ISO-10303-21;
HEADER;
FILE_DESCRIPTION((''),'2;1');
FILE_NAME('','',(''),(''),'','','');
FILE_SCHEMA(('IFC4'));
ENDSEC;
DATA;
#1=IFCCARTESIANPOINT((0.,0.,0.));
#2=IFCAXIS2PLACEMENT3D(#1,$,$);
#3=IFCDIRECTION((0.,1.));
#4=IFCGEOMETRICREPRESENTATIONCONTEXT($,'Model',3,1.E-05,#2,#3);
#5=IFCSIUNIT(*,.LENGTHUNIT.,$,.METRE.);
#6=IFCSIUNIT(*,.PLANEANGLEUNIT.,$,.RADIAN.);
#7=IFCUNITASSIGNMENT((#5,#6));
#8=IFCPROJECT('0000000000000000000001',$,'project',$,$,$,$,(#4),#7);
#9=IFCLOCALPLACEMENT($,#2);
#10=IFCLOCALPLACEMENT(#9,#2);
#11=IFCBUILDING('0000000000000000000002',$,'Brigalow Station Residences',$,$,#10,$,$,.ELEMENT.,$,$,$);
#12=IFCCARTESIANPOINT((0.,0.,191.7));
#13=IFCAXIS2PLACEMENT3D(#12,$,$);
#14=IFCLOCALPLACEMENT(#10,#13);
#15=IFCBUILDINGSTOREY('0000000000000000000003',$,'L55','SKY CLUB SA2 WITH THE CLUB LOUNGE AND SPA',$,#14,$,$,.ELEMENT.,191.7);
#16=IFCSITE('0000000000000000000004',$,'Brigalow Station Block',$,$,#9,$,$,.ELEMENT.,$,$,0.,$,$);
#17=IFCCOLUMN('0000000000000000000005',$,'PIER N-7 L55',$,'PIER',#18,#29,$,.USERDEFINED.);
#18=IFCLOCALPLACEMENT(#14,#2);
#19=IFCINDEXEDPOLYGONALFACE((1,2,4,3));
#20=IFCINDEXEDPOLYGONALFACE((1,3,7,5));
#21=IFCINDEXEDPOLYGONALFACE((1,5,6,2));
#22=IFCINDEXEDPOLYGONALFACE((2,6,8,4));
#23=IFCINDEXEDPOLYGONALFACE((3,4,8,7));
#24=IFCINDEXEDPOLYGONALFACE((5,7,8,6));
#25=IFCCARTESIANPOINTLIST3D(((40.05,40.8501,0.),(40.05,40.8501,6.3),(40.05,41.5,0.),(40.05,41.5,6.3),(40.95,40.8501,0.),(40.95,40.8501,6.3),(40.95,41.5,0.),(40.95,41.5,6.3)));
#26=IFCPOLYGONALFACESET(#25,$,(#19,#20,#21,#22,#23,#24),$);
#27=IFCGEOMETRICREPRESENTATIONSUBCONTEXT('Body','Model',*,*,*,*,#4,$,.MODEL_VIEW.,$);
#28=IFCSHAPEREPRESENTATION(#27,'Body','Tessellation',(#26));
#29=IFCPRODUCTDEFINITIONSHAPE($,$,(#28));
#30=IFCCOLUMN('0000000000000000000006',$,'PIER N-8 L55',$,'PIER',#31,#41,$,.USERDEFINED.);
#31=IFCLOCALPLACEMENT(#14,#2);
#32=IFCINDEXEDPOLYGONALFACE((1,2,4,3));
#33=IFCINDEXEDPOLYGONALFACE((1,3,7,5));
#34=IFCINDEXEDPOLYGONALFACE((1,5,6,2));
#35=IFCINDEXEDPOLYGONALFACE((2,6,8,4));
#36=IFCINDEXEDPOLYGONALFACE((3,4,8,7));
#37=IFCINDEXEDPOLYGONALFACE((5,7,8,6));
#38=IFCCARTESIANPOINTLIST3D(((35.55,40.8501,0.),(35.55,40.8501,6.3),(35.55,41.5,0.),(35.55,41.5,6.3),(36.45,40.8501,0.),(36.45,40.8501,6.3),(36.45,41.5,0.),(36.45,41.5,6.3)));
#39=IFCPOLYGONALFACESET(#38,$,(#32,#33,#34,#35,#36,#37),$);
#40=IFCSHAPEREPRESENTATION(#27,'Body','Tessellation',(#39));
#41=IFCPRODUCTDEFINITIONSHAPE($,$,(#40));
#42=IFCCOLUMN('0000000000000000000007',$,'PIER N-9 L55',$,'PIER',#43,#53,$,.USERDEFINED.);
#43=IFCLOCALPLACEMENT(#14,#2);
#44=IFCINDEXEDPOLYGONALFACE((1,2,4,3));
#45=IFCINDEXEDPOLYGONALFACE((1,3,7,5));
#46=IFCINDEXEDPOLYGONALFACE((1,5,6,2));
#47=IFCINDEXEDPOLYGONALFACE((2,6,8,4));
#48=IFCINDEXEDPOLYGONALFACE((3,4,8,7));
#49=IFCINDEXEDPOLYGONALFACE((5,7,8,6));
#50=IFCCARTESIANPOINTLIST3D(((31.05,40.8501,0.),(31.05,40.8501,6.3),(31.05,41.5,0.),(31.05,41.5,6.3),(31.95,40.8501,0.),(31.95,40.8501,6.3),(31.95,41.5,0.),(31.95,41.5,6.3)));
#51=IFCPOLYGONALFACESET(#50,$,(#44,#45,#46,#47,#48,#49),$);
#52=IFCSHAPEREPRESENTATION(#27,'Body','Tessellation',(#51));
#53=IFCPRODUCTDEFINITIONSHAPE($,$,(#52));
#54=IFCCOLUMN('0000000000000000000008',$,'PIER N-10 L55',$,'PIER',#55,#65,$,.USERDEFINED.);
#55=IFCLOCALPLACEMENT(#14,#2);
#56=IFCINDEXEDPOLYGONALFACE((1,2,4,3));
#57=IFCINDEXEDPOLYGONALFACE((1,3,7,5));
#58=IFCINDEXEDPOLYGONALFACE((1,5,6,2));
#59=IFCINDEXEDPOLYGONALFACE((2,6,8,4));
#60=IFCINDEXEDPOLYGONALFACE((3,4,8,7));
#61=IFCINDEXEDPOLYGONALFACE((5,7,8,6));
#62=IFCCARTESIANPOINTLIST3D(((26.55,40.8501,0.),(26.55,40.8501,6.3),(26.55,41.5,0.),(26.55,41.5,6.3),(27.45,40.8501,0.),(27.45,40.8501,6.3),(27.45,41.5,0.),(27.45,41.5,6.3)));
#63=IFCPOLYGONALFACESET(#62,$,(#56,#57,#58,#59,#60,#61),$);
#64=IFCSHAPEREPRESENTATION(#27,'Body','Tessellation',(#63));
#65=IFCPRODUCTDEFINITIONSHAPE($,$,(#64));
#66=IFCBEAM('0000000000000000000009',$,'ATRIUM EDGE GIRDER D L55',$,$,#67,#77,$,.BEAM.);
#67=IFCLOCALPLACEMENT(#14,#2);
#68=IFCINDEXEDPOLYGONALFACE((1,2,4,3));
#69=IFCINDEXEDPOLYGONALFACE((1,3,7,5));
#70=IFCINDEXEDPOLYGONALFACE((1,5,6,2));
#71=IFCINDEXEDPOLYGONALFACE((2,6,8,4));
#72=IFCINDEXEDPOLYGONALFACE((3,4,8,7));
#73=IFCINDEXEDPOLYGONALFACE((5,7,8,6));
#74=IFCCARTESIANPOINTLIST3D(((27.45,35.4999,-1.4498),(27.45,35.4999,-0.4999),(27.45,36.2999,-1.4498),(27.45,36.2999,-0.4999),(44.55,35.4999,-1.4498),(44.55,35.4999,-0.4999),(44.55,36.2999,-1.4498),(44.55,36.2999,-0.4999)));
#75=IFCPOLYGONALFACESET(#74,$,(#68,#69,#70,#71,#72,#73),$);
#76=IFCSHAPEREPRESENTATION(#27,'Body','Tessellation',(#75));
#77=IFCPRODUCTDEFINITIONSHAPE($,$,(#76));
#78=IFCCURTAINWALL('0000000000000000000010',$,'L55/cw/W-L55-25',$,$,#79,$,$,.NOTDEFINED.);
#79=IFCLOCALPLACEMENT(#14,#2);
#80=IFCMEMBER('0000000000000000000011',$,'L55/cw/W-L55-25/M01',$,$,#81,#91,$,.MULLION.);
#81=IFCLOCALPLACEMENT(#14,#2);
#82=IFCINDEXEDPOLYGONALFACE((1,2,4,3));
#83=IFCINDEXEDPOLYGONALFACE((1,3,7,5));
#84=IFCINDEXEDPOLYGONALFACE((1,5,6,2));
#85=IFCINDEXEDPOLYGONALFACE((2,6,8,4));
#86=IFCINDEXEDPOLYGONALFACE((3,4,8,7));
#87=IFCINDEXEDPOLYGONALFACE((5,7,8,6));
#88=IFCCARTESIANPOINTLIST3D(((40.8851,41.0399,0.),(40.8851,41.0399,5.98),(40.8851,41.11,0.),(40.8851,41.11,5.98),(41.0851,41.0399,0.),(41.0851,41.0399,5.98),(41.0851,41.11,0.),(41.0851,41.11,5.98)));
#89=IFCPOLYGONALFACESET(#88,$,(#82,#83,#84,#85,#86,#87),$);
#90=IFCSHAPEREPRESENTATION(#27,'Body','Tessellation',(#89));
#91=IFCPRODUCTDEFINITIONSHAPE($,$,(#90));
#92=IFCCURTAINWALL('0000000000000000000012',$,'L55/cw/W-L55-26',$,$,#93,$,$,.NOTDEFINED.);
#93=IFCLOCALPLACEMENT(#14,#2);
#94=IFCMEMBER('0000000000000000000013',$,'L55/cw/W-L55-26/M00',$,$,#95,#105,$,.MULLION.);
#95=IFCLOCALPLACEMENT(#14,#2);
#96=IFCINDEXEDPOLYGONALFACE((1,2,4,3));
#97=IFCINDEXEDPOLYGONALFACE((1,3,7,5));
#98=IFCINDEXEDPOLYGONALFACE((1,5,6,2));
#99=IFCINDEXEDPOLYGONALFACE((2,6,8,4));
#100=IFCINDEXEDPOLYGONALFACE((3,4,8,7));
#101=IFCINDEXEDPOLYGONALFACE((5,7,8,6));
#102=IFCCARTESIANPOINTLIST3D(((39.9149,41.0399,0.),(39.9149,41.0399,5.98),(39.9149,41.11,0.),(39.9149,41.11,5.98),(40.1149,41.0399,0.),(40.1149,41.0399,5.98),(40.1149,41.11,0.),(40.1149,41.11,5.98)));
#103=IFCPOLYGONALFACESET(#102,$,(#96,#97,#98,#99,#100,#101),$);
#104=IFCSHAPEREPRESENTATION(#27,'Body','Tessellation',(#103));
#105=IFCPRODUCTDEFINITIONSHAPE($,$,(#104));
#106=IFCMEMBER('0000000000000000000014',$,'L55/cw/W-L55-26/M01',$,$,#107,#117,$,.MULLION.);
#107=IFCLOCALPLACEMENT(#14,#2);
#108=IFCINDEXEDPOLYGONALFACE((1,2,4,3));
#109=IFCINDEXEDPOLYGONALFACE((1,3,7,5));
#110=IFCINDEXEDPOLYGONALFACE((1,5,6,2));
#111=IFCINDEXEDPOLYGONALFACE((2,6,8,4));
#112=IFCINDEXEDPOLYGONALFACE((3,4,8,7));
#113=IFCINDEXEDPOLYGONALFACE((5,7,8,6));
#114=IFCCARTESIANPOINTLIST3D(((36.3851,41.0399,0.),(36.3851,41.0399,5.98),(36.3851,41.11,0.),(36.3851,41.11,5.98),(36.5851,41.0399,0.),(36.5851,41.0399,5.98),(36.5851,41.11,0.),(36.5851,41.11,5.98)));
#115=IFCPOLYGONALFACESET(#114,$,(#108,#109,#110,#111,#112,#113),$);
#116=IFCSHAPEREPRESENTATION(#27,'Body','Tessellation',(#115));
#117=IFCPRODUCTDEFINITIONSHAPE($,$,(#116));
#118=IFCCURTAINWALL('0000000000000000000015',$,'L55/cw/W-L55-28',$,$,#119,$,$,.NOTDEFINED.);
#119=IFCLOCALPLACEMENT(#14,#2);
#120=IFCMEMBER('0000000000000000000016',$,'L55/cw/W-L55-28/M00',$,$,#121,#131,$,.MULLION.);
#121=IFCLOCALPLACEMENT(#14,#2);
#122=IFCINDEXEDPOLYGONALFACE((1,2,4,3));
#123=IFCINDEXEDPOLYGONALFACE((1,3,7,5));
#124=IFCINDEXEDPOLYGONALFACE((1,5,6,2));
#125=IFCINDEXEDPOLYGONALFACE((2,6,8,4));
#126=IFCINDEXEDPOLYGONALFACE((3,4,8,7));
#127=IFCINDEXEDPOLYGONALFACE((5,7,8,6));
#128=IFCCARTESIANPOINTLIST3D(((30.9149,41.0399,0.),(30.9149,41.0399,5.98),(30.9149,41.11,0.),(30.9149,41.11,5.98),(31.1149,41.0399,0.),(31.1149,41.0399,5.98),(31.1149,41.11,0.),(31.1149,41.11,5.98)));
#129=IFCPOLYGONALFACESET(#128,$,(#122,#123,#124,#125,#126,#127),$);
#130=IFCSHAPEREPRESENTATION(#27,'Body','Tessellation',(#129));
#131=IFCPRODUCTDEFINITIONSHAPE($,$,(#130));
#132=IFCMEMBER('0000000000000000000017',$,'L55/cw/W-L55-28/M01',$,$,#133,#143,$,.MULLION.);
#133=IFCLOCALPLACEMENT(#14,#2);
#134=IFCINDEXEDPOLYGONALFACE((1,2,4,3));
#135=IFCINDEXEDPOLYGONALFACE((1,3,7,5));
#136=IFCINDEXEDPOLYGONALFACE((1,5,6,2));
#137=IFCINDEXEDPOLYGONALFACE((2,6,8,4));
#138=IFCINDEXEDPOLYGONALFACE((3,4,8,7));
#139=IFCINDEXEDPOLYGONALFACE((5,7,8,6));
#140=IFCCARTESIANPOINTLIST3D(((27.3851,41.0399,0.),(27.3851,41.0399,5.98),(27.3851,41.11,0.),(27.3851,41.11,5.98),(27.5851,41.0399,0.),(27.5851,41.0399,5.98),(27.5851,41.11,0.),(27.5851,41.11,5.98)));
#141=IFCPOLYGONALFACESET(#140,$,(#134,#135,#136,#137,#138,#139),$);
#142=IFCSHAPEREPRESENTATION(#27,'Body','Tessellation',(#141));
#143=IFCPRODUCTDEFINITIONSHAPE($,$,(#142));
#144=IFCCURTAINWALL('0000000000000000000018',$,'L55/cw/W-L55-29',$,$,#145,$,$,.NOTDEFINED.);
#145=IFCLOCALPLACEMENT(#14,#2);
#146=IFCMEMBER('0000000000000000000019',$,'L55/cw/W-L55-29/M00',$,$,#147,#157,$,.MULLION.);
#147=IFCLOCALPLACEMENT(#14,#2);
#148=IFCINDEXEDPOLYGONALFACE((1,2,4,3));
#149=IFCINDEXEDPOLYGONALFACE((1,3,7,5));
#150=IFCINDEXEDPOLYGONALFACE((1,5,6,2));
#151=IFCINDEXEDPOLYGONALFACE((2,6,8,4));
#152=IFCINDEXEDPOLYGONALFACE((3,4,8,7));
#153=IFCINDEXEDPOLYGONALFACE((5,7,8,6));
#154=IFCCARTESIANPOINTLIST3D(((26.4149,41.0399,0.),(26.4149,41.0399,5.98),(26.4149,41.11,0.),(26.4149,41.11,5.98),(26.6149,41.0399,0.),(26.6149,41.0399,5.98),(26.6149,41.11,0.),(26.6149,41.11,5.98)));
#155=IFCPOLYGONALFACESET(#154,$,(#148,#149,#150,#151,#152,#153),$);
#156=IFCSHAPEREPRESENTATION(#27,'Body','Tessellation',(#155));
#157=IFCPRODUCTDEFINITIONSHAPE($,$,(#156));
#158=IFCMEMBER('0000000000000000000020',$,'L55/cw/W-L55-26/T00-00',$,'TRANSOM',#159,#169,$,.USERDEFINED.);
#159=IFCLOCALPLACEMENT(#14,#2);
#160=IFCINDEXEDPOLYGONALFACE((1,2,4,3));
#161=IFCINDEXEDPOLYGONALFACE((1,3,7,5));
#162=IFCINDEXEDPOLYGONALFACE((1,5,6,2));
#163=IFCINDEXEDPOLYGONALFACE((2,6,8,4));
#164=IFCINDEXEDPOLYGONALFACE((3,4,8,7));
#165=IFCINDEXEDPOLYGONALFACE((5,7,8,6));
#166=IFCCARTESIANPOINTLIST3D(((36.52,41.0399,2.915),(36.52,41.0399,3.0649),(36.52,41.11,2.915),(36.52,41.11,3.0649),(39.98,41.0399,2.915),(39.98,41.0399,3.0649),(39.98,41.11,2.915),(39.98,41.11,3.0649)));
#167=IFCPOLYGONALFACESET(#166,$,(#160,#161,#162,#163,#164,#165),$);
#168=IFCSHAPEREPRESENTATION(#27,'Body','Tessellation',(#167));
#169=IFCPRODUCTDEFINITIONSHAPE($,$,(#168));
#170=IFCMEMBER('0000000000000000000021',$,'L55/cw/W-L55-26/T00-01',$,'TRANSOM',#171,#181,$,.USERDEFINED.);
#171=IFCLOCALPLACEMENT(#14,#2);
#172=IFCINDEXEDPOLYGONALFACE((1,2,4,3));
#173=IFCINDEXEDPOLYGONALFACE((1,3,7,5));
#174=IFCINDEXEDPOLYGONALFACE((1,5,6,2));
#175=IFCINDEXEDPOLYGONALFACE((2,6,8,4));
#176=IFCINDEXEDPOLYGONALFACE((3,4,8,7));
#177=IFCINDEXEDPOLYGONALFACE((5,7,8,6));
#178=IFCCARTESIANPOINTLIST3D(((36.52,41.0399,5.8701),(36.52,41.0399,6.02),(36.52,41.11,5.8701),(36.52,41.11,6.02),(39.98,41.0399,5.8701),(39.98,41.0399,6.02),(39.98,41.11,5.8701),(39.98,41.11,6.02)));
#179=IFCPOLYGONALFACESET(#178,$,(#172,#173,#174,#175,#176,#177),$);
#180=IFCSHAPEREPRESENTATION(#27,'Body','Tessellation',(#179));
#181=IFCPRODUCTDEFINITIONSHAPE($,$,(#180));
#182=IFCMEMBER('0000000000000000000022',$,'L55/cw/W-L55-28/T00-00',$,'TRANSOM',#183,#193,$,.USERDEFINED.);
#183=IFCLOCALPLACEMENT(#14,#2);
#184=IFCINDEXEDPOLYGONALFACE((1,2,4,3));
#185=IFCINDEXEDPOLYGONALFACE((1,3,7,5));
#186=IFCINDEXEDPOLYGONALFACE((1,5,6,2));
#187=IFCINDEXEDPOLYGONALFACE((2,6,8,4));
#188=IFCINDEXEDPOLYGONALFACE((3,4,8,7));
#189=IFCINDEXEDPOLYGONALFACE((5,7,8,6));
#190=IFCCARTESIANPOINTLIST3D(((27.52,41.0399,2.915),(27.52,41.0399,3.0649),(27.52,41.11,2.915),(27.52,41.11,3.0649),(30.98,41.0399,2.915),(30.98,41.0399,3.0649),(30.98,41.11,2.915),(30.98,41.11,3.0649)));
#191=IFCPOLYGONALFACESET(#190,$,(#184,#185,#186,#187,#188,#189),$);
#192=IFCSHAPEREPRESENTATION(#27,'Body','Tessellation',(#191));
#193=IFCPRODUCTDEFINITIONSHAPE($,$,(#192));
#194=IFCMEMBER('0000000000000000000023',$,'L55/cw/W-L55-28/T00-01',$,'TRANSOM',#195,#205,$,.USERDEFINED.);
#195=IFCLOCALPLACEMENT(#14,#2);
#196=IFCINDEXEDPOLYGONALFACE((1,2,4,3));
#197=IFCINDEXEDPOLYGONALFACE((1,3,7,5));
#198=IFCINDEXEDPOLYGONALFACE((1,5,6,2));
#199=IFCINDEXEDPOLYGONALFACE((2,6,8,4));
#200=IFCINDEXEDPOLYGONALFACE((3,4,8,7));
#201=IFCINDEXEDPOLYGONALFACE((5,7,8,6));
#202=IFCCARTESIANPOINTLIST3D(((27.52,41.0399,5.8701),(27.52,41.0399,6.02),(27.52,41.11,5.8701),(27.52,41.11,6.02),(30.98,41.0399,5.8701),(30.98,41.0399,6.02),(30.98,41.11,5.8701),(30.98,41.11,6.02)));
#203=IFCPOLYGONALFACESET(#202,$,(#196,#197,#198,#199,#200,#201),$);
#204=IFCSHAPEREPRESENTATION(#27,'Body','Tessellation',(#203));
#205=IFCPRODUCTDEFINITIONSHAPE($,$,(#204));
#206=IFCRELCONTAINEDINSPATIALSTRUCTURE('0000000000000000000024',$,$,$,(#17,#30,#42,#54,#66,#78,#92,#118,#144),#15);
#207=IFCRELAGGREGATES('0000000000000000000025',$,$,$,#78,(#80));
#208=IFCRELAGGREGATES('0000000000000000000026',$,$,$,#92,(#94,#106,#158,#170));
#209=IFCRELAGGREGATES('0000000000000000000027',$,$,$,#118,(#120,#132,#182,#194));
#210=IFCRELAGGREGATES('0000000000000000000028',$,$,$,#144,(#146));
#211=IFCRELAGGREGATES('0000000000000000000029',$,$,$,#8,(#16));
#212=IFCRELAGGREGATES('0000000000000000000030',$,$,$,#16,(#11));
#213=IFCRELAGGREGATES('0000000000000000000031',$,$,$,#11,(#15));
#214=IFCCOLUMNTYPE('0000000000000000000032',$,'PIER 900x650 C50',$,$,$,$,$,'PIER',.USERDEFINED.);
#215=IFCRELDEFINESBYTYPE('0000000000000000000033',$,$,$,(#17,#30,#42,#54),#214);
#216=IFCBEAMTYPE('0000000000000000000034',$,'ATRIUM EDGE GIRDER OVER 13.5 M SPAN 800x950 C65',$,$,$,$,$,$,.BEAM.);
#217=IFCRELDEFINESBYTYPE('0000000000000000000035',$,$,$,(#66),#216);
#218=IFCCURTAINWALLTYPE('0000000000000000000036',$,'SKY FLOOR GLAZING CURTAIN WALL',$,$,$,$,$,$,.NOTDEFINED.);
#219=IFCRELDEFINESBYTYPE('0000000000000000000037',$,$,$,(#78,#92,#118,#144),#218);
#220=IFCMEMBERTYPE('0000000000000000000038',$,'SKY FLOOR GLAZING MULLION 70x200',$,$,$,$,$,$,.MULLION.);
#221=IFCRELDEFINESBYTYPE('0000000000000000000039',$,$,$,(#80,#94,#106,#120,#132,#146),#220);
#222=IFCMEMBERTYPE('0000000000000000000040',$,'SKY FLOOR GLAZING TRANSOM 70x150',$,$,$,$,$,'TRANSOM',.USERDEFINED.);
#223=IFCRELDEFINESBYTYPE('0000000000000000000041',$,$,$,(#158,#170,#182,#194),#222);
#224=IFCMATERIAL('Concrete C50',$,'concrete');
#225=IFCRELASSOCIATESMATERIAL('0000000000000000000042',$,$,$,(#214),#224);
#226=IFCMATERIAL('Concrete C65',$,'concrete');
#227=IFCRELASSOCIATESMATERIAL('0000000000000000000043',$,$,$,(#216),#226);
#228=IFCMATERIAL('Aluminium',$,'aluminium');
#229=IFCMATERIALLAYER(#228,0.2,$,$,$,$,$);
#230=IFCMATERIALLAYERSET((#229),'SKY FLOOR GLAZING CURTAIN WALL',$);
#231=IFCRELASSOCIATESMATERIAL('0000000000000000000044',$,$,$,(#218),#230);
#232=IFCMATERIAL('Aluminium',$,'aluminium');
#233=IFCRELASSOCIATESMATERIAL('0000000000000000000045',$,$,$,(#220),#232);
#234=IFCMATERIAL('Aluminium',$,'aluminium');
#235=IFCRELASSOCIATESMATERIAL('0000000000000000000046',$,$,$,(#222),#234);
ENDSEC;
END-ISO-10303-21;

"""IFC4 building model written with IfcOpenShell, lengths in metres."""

from ifc_helpers import new_model, si_unit, direction, frame, origin, origin_2d, place, context, subcontext, project, spatial, rectangle, extrude, material, layer, layer_set, material_profile, profile_set, type_object, element, aggregate, save


model = new_model("IFC4")

# Units and contexts
model_context = context("Model", 3, precision=1e-05, world=origin(), true_north=direction((0.0, 1.0)))
body_context = subcontext(model_context, "Body", "Model", "MODEL_VIEW")
ifc_project = project(units=[si_unit("LENGTHUNIT", "METRE"), si_unit("PLANEANGLEUNIT", "RADIAN")], contexts=[model_context])

# Site, building, storey
site_placement = place(None, origin())
site = spatial("IfcSite", under=ifc_project, at=site_placement, Name="Brigalow Station Block", CompositionType="ELEMENT", RefElevation=0.0)
building_placement = place(site_placement, origin())
building = spatial("IfcBuilding", under=site, at=building_placement, Name="Brigalow Station Residences", CompositionType="ELEMENT")
storey_placement = place(building_placement, frame((0.0, 0.0, 191.7)))
storey = spatial("IfcBuildingStorey", under=building, at=storey_placement, Name="L55", Description="SKY CLUB SA2 WITH THE CLUB LOUNGE AND SPA", CompositionType="ELEMENT", Elevation=191.7)

# Columns
ifc_material_1 = material(Name="Concrete C50", Category="concrete")
ifc_material_profile_1 = material_profile(ifc_material_1, rectangle(XDim=0.8999, YDim=0.6499, at=origin_2d()), Name="RC900x650")
ifc_profile_set_1 = profile_set([ifc_material_profile_1], Name="Concrete C50")
column_type = type_object("IfcColumnType", Name="PIER 900x650 C50", ElementType="PIER", PredefinedType="USERDEFINED", material=ifc_profile_set_1)
for number, where, z_axis, x_axis, name in (
    (1, (40.5, 41.175, 0.0), (0.0, 0.0, 1.0), (-1.0, 0.0, 0.0), "PIER N-7 L55"),
    (2, (36.0, 41.175, 0.0), (0.0, 0.0, 1.0), (-1.0, 0.0, 0.0), "PIER N-8 L55"),
    (3, (31.5, 41.175, 0.0), (0.0, 0.0, 1.0), (-1.0, 0.0, 0.0), "PIER N-9 L55"),
    (4, (27.0, 41.175, 0.0), (0.0, 0.0, 1.0), (-1.0, 0.0, 0.0), "PIER N-10 L55"),
):
    element("IfcColumn", number, at=place(storey_placement, frame(where, z_axis=z_axis, x_axis=x_axis)), inside=storey, type_object=column_type, Name=name, ObjectType="PIER", PredefinedType="USERDEFINED", context=body_context, shape_type="SweptSolid", body=[
        extrude(rectangle(XDim=0.8999, YDim=0.6499, at=origin_2d()), origin(), (0.0, 0.0, 1.0), 6.3),
    ])

# Beam
ifc_material_2 = material(Name="Concrete C65", Category="concrete")
ifc_material_profile_2 = material_profile(ifc_material_2, rectangle(XDim=0.8, YDim=0.95, at=origin_2d()), Name="RC800x950")
ifc_profile_set_2 = profile_set([ifc_material_profile_2], Name="Concrete C65")
beam_type = type_object("IfcBeamType", Name="ATRIUM EDGE GIRDER OVER 13.5 M SPAN 800x950 C65", PredefinedType="BEAM", material=ifc_profile_set_2)
beam_placement = place(storey_placement, frame((27.45, 35.8999, -0.9749), z_axis=(1.0, 0.0, 0.0), x_axis=(0.0, 1.0, 0.0)))
element("IfcBeam", 5, at=beam_placement, inside=storey, type_object=beam_type, Name="ATRIUM EDGE GIRDER D L55", PredefinedType="BEAM", context=body_context, shape_type="SweptSolid", body=[
    extrude(rectangle(XDim=0.8, YDim=0.95, at=origin_2d()), origin(), (0.0, 0.0, 1.0), 17.1001),
])

# Curtain wall, member
ifc_material_3 = material(Name="Aluminium", Category="aluminium")
ifc_layer_1 = layer(ifc_material_3, 0.2)
ifc_layer_set_1 = layer_set([ifc_layer_1], Name="SKY FLOOR GLAZING CURTAIN WALL")
curtain_wall_type_1 = type_object("IfcCurtainWallType", Name="SKY FLOOR GLAZING CURTAIN WALL", PredefinedType="NOTDEFINED", material=ifc_layer_set_1)
curtain_wall_1_placement = place(storey_placement, origin())
curtain_wall_1 = element("IfcCurtainWall", 6, at=curtain_wall_1_placement, inside=storey, type_object=curtain_wall_type_1, Name="L55/cw/W-L55-25", PredefinedType="NOTDEFINED")
ifc_material_4 = material(Name="Aluminium", Category="aluminium")
ifc_material_profile_3 = material_profile(ifc_material_4, rectangle(XDim=0.0701, YDim=0.2, at=origin_2d()), Name="SKY FLOOR GLAZING MULLION 70x200")
ifc_profile_set_3 = profile_set([ifc_material_profile_3], Name="Aluminium")
member_type_1 = type_object("IfcMemberType", Name="SKY FLOOR GLAZING MULLION 70x200", PredefinedType="MULLION", material=ifc_profile_set_3)
member_1_placement = place(storey_placement, frame((40.9851, 41.075, 0.0), z_axis=(0.0, 0.0, 1.0), x_axis=(0.0, -1.0, 0.0)))
member_1 = element("IfcMember", 7, at=member_1_placement, type_object=member_type_1, Name="L55/cw/W-L55-25/M01", PredefinedType="MULLION", context=body_context, shape_type="SweptSolid", body=[
    extrude(rectangle(XDim=0.0701, YDim=0.2, at=origin_2d()), origin(), (0.0, 0.0, 1.0), 5.98),
])
aggregate(curtain_wall_1, [member_1])

# Curtain walls, members
curtain_wall_2_placement = place(storey_placement, origin())
curtain_wall_2 = element("IfcCurtainWall", 8, at=curtain_wall_2_placement, inside=storey, type_object=curtain_wall_type_1, Name="L55/cw/W-L55-26", PredefinedType="NOTDEFINED")
member_2_placement = place(storey_placement, frame((40.0149, 41.075, 0.0), z_axis=(0.0, 0.0, 1.0), x_axis=(0.0, -1.0, 0.0)))
member_2 = element("IfcMember", 9, at=member_2_placement, type_object=member_type_1, Name="L55/cw/W-L55-26/M00", PredefinedType="MULLION", context=body_context, shape_type="SweptSolid", body=[
    extrude(rectangle(XDim=0.0701, YDim=0.2, at=origin_2d()), origin(), (0.0, 0.0, 1.0), 5.98),
])
member_3_placement = place(storey_placement, frame((36.4851, 41.075, 0.0), z_axis=(0.0, 0.0, 1.0), x_axis=(0.0, -1.0, 0.0)))
member_3 = element("IfcMember", 10, at=member_3_placement, type_object=member_type_1, Name="L55/cw/W-L55-26/M01", PredefinedType="MULLION", context=body_context, shape_type="SweptSolid", body=[
    extrude(rectangle(XDim=0.0701, YDim=0.2, at=origin_2d()), origin(), (0.0, 0.0, 1.0), 5.98),
])
curtain_wall_3_placement = place(storey_placement, origin())
curtain_wall_3 = element("IfcCurtainWall", 11, at=curtain_wall_3_placement, inside=storey, type_object=curtain_wall_type_1, Name="L55/cw/W-L55-28", PredefinedType="NOTDEFINED")
member_4_placement = place(storey_placement, frame((31.0149, 41.075, 0.0), z_axis=(0.0, 0.0, 1.0), x_axis=(0.0, -1.0, 0.0)))
member_4 = element("IfcMember", 12, at=member_4_placement, type_object=member_type_1, Name="L55/cw/W-L55-28/M00", PredefinedType="MULLION", context=body_context, shape_type="SweptSolid", body=[
    extrude(rectangle(XDim=0.0701, YDim=0.2, at=origin_2d()), origin(), (0.0, 0.0, 1.0), 5.98),
])
member_5_placement = place(storey_placement, frame((27.4851, 41.075, 0.0), z_axis=(0.0, 0.0, 1.0), x_axis=(0.0, -1.0, 0.0)))
member_5 = element("IfcMember", 13, at=member_5_placement, type_object=member_type_1, Name="L55/cw/W-L55-28/M01", PredefinedType="MULLION", context=body_context, shape_type="SweptSolid", body=[
    extrude(rectangle(XDim=0.0701, YDim=0.2, at=origin_2d()), origin(), (0.0, 0.0, 1.0), 5.98),
])

# Curtain wall, member
curtain_wall_4_placement = place(storey_placement, origin())
curtain_wall_4 = element("IfcCurtainWall", 14, at=curtain_wall_4_placement, inside=storey, type_object=curtain_wall_type_1, Name="L55/cw/W-L55-29", PredefinedType="NOTDEFINED")
member_6_placement = place(storey_placement, frame((26.5149, 41.075, 0.0), z_axis=(0.0, 0.0, 1.0), x_axis=(0.0, -1.0, 0.0)))
member_6 = element("IfcMember", 15, at=member_6_placement, type_object=member_type_1, Name="L55/cw/W-L55-29/M00", PredefinedType="MULLION", context=body_context, shape_type="SweptSolid", body=[
    extrude(rectangle(XDim=0.0701, YDim=0.2, at=origin_2d()), origin(), (0.0, 0.0, 1.0), 5.98),
])

# Members
ifc_material_5 = material(Name="Aluminium", Category="aluminium")
ifc_material_profile_4 = material_profile(ifc_material_5, rectangle(XDim=0.0701, YDim=0.1499, at=origin_2d()), Name="SKY FLOOR GLAZING TRANSOM 70x150")
ifc_profile_set_4 = profile_set([ifc_material_profile_4], Name="Aluminium")
member_type_2 = type_object("IfcMemberType", Name="SKY FLOOR GLAZING TRANSOM 70x150", ElementType="TRANSOM", PredefinedType="USERDEFINED", material=ifc_profile_set_4)
member_7_placement = place(storey_placement, frame((39.98, 41.075, 2.99), z_axis=(-1.0, 0.0, 0.0), x_axis=(0.0, -1.0, 0.0)))
member_7 = element("IfcMember", 16, at=member_7_placement, type_object=member_type_2, Name="L55/cw/W-L55-26/T00-00", ObjectType="TRANSOM", PredefinedType="USERDEFINED", context=body_context, shape_type="SweptSolid", body=[
    extrude(rectangle(XDim=0.0701, YDim=0.1499, at=origin_2d()), origin(), (0.0, 0.0, 1.0), 3.46),
])
member_8_placement = place(storey_placement, frame((39.98, 41.075, 5.9451), z_axis=(-1.0, 0.0, 0.0), x_axis=(0.0, -1.0, 0.0)))
member_8 = element("IfcMember", 17, at=member_8_placement, type_object=member_type_2, Name="L55/cw/W-L55-26/T00-01", ObjectType="TRANSOM", PredefinedType="USERDEFINED", context=body_context, shape_type="SweptSolid", body=[
    extrude(rectangle(XDim=0.0701, YDim=0.1499, at=origin_2d()), origin(), (0.0, 0.0, 1.0), 3.46),
])
member_9_placement = place(storey_placement, frame((30.98, 41.075, 2.99), z_axis=(-1.0, 0.0, 0.0), x_axis=(0.0, -1.0, 0.0)))
member_9 = element("IfcMember", 18, at=member_9_placement, type_object=member_type_2, Name="L55/cw/W-L55-28/T00-00", ObjectType="TRANSOM", PredefinedType="USERDEFINED", context=body_context, shape_type="SweptSolid", body=[
    extrude(rectangle(XDim=0.0701, YDim=0.1499, at=origin_2d()), origin(), (0.0, 0.0, 1.0), 3.46),
])
member_10_placement = place(storey_placement, frame((30.98, 41.075, 5.9451), z_axis=(-1.0, 0.0, 0.0), x_axis=(0.0, -1.0, 0.0)))
member_10 = element("IfcMember", 19, at=member_10_placement, type_object=member_type_2, Name="L55/cw/W-L55-28/T00-01", ObjectType="TRANSOM", PredefinedType="USERDEFINED", context=body_context, shape_type="SweptSolid", body=[
    extrude(rectangle(XDim=0.0701, YDim=0.1499, at=origin_2d()), origin(), (0.0, 0.0, 1.0), 3.46),
])

aggregate(curtain_wall_2, [member_2, member_3, member_7, member_8])
aggregate(curtain_wall_3, [member_4, member_5, member_9, member_10])
aggregate(curtain_wall_4, [member_6])

save(model, "model.ifc")
